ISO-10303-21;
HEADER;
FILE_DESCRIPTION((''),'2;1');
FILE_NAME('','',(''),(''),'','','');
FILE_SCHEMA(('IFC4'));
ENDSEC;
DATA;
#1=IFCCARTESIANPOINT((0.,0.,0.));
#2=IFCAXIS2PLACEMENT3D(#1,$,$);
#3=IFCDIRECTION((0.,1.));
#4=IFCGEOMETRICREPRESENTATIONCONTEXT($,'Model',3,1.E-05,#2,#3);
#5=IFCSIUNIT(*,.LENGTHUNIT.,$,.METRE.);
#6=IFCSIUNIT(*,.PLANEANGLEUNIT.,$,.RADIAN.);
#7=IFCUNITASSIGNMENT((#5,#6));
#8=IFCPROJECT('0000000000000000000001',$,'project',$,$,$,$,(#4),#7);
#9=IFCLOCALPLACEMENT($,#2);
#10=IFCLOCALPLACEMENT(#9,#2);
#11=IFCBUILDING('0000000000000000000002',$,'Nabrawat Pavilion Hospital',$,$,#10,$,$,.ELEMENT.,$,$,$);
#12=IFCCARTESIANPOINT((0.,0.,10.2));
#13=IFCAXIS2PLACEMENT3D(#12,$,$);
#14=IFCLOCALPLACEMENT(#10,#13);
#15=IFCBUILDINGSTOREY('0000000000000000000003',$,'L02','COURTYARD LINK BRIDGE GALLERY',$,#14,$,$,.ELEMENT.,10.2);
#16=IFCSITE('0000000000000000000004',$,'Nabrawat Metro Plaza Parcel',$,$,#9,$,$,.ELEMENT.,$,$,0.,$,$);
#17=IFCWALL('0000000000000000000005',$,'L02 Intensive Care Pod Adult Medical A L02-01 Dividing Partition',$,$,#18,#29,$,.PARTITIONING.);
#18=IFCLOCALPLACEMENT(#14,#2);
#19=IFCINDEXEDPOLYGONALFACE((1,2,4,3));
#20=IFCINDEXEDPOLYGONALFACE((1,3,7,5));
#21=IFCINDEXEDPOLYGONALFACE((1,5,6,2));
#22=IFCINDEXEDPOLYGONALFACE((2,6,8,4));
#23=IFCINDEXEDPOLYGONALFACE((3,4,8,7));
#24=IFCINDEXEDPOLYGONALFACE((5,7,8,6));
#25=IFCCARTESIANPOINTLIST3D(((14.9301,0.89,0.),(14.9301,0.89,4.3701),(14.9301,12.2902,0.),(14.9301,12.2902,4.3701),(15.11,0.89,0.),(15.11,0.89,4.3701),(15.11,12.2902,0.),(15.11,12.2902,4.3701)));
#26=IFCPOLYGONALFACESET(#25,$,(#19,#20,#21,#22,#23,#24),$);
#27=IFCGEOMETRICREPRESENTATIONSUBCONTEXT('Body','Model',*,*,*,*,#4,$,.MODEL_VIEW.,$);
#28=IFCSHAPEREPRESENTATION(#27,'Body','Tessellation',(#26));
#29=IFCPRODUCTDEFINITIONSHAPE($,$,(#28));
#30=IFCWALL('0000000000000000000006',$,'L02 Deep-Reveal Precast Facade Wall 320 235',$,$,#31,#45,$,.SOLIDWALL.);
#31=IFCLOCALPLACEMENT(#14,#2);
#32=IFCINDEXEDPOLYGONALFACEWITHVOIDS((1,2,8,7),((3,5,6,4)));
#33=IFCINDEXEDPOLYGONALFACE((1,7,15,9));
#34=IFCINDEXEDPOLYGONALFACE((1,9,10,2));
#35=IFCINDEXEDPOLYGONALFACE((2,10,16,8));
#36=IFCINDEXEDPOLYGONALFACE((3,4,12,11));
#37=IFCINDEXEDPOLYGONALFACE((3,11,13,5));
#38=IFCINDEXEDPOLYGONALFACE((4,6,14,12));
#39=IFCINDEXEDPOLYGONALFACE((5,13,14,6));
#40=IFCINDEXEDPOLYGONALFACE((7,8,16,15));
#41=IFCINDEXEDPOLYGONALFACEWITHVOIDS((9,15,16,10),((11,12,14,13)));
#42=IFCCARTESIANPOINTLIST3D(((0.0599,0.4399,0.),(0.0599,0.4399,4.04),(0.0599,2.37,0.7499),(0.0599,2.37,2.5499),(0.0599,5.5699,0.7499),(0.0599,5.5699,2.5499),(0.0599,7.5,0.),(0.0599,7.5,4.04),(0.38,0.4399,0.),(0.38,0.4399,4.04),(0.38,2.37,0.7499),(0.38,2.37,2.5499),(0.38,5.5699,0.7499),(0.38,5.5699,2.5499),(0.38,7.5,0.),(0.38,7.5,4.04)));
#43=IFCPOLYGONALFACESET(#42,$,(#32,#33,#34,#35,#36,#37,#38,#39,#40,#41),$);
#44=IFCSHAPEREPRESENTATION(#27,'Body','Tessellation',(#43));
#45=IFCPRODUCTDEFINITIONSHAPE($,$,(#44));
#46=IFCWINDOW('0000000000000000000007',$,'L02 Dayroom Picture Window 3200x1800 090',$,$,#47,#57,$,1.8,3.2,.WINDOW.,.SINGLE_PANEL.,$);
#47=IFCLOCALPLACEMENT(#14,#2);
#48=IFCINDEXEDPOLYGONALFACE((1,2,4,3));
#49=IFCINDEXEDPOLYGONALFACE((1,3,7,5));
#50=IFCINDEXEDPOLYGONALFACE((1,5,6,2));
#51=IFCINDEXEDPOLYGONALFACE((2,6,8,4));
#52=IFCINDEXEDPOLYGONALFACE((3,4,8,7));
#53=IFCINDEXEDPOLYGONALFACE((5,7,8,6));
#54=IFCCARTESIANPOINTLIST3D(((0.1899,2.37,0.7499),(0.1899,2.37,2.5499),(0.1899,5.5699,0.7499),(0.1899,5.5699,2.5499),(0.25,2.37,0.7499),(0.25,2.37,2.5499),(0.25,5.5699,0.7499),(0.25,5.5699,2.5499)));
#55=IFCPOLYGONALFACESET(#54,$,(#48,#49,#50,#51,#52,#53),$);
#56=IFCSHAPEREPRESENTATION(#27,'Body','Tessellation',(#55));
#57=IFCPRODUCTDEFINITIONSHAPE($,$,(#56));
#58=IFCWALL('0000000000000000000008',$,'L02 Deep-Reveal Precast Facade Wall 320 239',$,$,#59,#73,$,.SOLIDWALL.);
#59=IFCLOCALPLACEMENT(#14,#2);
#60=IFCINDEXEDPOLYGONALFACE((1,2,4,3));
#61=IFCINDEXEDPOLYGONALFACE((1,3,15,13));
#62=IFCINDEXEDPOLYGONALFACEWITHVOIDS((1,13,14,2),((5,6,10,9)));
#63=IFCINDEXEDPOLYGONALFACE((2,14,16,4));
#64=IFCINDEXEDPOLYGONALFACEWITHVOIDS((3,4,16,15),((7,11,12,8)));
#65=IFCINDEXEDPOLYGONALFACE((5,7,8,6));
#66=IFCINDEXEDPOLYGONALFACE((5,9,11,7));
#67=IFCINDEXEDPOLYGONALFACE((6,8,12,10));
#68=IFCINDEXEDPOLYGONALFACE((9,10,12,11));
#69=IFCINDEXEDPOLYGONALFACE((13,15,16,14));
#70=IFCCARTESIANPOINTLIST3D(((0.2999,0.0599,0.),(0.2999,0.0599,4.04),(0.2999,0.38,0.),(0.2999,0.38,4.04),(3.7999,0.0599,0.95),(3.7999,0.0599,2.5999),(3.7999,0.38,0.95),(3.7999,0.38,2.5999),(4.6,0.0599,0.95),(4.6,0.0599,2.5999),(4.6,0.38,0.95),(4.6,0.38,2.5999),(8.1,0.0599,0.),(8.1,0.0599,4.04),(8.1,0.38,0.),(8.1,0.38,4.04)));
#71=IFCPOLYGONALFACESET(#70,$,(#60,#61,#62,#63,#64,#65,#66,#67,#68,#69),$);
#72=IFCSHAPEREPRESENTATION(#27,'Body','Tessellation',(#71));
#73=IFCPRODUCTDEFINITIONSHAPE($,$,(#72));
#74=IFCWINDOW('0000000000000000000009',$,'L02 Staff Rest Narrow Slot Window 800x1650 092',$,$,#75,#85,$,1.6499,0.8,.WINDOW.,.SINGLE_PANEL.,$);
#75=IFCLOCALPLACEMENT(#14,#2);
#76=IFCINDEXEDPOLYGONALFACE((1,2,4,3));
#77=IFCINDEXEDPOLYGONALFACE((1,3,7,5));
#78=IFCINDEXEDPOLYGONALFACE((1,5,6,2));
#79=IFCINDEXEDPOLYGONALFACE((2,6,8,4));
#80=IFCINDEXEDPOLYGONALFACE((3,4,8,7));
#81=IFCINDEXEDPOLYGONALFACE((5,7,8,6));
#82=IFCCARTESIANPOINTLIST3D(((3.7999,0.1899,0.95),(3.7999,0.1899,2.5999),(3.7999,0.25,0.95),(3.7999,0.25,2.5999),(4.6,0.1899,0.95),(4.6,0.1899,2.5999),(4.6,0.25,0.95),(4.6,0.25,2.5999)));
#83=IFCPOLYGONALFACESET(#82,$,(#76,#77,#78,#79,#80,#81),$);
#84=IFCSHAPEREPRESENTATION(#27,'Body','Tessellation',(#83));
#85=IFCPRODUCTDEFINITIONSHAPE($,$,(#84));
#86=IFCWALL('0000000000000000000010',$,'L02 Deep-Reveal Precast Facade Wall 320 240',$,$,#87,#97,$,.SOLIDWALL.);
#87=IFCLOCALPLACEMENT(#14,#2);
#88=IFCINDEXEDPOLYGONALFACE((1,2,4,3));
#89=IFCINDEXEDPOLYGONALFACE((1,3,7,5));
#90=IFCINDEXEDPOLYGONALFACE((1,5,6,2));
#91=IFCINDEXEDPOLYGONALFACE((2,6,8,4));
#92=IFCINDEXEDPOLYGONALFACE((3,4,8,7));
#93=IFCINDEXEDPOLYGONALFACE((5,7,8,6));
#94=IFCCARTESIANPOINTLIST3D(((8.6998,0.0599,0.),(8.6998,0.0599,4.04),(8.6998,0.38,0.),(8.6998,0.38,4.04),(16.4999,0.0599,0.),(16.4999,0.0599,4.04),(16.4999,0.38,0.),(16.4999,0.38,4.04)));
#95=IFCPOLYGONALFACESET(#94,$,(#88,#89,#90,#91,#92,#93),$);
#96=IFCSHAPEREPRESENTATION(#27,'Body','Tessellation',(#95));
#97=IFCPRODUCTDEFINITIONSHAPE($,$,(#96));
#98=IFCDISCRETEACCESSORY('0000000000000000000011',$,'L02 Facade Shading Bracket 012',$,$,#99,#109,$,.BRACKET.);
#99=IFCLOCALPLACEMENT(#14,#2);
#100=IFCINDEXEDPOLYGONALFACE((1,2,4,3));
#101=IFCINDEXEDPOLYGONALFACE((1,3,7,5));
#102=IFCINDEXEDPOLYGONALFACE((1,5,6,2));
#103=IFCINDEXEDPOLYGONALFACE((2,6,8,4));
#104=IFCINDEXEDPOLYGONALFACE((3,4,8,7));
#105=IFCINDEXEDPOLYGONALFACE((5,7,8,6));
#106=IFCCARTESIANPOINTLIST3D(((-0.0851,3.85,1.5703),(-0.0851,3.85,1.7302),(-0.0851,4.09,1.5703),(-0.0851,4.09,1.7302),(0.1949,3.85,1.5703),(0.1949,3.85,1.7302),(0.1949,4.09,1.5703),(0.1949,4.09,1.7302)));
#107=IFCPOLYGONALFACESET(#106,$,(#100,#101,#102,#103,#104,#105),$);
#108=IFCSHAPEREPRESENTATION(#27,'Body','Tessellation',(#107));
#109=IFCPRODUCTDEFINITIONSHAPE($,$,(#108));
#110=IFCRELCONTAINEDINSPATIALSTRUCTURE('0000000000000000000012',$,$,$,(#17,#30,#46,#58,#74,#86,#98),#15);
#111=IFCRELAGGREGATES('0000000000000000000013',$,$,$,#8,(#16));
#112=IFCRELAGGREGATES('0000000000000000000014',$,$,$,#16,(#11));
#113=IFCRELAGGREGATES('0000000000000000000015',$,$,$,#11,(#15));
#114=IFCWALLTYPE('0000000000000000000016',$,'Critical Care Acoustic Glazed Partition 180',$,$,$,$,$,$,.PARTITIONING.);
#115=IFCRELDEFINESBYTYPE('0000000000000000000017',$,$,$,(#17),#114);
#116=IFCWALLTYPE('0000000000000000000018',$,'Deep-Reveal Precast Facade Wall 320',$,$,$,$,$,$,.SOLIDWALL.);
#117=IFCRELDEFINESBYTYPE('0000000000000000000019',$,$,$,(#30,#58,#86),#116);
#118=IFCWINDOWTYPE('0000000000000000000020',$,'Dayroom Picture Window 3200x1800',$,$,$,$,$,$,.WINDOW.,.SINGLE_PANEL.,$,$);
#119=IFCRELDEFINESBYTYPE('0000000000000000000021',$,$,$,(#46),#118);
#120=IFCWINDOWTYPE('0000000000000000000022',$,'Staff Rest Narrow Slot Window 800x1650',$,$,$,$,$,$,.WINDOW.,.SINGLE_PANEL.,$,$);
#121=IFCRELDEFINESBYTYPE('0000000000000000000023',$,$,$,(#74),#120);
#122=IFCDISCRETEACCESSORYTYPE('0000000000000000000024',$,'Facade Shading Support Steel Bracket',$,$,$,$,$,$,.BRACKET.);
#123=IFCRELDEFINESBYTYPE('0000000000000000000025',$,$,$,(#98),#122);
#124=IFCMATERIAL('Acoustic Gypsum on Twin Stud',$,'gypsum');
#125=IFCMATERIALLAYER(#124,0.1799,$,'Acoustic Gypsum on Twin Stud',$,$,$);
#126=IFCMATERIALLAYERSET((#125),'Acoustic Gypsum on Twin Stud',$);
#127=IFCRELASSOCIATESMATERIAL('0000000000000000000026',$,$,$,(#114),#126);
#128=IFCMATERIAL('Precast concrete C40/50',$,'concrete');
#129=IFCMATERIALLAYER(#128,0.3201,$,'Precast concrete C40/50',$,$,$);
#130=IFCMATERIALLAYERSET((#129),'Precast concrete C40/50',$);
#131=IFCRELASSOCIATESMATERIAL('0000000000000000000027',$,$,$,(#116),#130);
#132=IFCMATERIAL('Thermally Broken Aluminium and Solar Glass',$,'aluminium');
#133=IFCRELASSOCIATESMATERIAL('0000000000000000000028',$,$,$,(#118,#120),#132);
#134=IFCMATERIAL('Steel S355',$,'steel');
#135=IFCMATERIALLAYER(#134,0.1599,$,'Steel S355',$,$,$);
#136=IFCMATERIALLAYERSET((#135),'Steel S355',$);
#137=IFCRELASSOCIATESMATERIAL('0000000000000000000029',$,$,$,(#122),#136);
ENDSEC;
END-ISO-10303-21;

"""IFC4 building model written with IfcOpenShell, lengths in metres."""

from ifc_helpers import new_model, si_unit, direction, frame, frame_2d, origin, origin_2d, place, context, subcontext, project, spatial, rectangle, extrude, material, layer, layer_set, type_object, element, fill, save


model = new_model("IFC4")

# Units and contexts
model_context = context("Model", 3, precision=1e-05, world=origin(), true_north=direction((0.0, 1.0)))
body_context = subcontext(model_context, "Body", "Model", "MODEL_VIEW")
ifc_project = project(units=[si_unit("LENGTHUNIT", "METRE"), si_unit("PLANEANGLEUNIT", "RADIAN")], contexts=[model_context])

# Site, building, storey
site_placement = place(None, origin())
site = spatial("IfcSite", under=ifc_project, at=site_placement, Name="Nabrawat Metro Plaza Parcel", CompositionType="ELEMENT", RefElevation=0.0)
building_placement = place(site_placement, origin())
building = spatial("IfcBuilding", under=site, at=building_placement, Name="Nabrawat Pavilion Hospital", CompositionType="ELEMENT")
storey_placement = place(building_placement, frame((0.0, 0.0, 10.2)))
storey = spatial("IfcBuildingStorey", under=building, at=storey_placement, Name="L02", Description="COURTYARD LINK BRIDGE GALLERY", CompositionType="ELEMENT", Elevation=10.2)

# Shared definitions
ifc_material_1 = material(Name="Steel S355", Category="steel")

# Wall
ifc_material_2 = material(Name="Acoustic Gypsum on Twin Stud", Category="gypsum")
ifc_layer_1 = layer(ifc_material_2, 0.1799, Name="Acoustic Gypsum on Twin Stud")
ifc_layer_set_1 = layer_set([ifc_layer_1], Name="Acoustic Gypsum on Twin Stud")
wall_type_1 = type_object("IfcWallType", Name="Critical Care Acoustic Glazed Partition 180", PredefinedType="PARTITIONING", material=ifc_layer_set_1)
wall_1_placement = place(storey_placement, frame((15.02, 0.8899, 0.0), z_axis=(0.0, 0.0, 1.0), x_axis=(0.0, 1.0, 0.0)))
element("IfcWall", 1, at=wall_1_placement, inside=storey, type_object=wall_type_1, Name="L02 Intensive Care Pod Adult Medical A L02-01 Dividing Partition", PredefinedType="PARTITIONING", context=body_context, shape_type="SweptSolid", body=[
    extrude(rectangle(XDim=11.4001, YDim=0.1799, at=frame_2d((5.7002, 0.0))), origin(), (0.0, 0.0, 1.0), 4.3701),
])

# Walls, openings, windows
ifc_material_3 = material(Name="Precast concrete C40/50", Category="concrete")
ifc_layer_2 = layer(ifc_material_3, 0.3201, Name="Precast concrete C40/50")
ifc_layer_set_2 = layer_set([ifc_layer_2], Name="Precast concrete C40/50")
wall_type_2 = type_object("IfcWallType", Name="Deep-Reveal Precast Facade Wall 320", PredefinedType="SOLIDWALL", material=ifc_layer_set_2)
wall_2_placement = place(storey_placement, frame((0.22, 0.4399, 0.0), z_axis=(0.0, 0.0, 1.0), x_axis=(0.0, 1.0, 0.0)))
wall_2 = element("IfcWall", 2, at=wall_2_placement, inside=storey, type_object=wall_type_2, Name="L02 Deep-Reveal Precast Facade Wall 320 235", PredefinedType="SOLIDWALL", context=body_context, shape_type="SweptSolid", body=[
    extrude(rectangle(XDim=7.0601, YDim=0.3201, at=frame_2d((3.53, 0.0))), origin(), (0.0, 0.0, 1.0), 4.04),
])
opening_1_placement = place(wall_2_placement, frame((1.9299, 0.0, 0.75)))
opening_1 = element("IfcOpeningElement", 3, at=opening_1_placement, cuts=wall_2, PredefinedType="OPENING", context=body_context, shape_type="SweptSolid", body=[
    extrude(rectangle(XDim=3.2, YDim=1.8, at=frame_2d((1.6001, 0.8999))), frame((0.0, 0.1699, 0.0), z_axis=(0.0, -1.0, 0.0), x_axis=(1.0, 0.0, 0.0)), (0.0, 0.0, 1.0), 0.3401),
])
ifc_material_4 = material(Name="Thermally Broken Aluminium and Solar Glass", Category="aluminium")
window_type_1 = type_object("IfcWindowType", Name="Dayroom Picture Window 3200x1800", PartitioningType="SINGLE_PANEL", PredefinedType="WINDOW", material=ifc_material_4)
window_1_placement = place(opening_1_placement, origin())
window_1 = element("IfcWindow", 4, at=window_1_placement, inside=storey, type_object=window_type_1, Name="L02 Dayroom Picture Window 3200x1800 090", OverallHeight=1.8, OverallWidth=3.2, PartitioningType="SINGLE_PANEL", PredefinedType="WINDOW", context=body_context, shape_type="SweptSolid", body=[
    extrude(rectangle(XDim=3.2, YDim=1.8, at=frame_2d((1.6001, 0.8999))), frame((0.0, 0.03, 0.0), z_axis=(0.0, -1.0, 0.0), x_axis=(1.0, 0.0, 0.0)), (0.0, 0.0, 1.0), 0.0601),
])
fill(opening_1, window_1)
wall_3_placement = place(storey_placement, frame((0.3, 0.22, 0.0), z_axis=(0.0, 0.0, 1.0), x_axis=(1.0, 0.0, 0.0)))
wall_3 = element("IfcWall", 5, at=wall_3_placement, inside=storey, type_object=wall_type_2, Name="L02 Deep-Reveal Precast Facade Wall 320 239", PredefinedType="SOLIDWALL", context=body_context, shape_type="SweptSolid", body=[
    extrude(rectangle(XDim=7.8, YDim=0.3201, at=frame_2d((3.8999, 0.0))), origin(), (0.0, 0.0, 1.0), 4.04),
])
opening_2_placement = place(wall_3_placement, frame((3.5, 0.0, 0.95)))
opening_2 = element("IfcOpeningElement", 6, at=opening_2_placement, cuts=wall_3, PredefinedType="OPENING", context=body_context, shape_type="SweptSolid", body=[
    extrude(rectangle(XDim=0.8, YDim=1.6499, at=frame_2d((0.3999, 0.825))), frame((0.0, 0.1699, 0.0), z_axis=(0.0, -1.0, 0.0), x_axis=(1.0, 0.0, 0.0)), (0.0, 0.0, 1.0), 0.3401),
])
window_type_2 = type_object("IfcWindowType", Name="Staff Rest Narrow Slot Window 800x1650", PartitioningType="SINGLE_PANEL", PredefinedType="WINDOW", material=ifc_material_4)
window_2_placement = place(opening_2_placement, origin())
window_2 = element("IfcWindow", 7, at=window_2_placement, inside=storey, type_object=window_type_2, Name="L02 Staff Rest Narrow Slot Window 800x1650 092", OverallHeight=1.6499, OverallWidth=0.8, PartitioningType="SINGLE_PANEL", PredefinedType="WINDOW", context=body_context, shape_type="SweptSolid", body=[
    extrude(rectangle(XDim=0.8, YDim=1.6499, at=frame_2d((0.3999, 0.825))), frame((0.0, 0.03, 0.0), z_axis=(0.0, -1.0, 0.0), x_axis=(1.0, 0.0, 0.0)), (0.0, 0.0, 1.0), 0.0601),
])
fill(opening_2, window_2)

# Wall
wall_4_placement = place(storey_placement, frame((8.7, 0.22, 0.0), z_axis=(0.0, 0.0, 1.0), x_axis=(1.0, 0.0, 0.0)))
element("IfcWall", 8, at=wall_4_placement, inside=storey, type_object=wall_type_2, Name="L02 Deep-Reveal Precast Facade Wall 320 240", PredefinedType="SOLIDWALL", context=body_context, shape_type="SweptSolid", body=[
    extrude(rectangle(XDim=7.8, YDim=0.3201, at=frame_2d((3.8999, 0.0))), origin(), (0.0, 0.0, 1.0), 4.04),
])

# Discrete accessory
ifc_layer_3 = layer(ifc_material_1, 0.1599, Name="Steel S355")
ifc_layer_set_3 = layer_set([ifc_layer_3], Name="Steel S355")
discrete_accessory_type = type_object("IfcDiscreteAccessoryType", Name="Facade Shading Support Steel Bracket", PredefinedType="BRACKET", material=ifc_layer_set_3)
discrete_accessory_placement = place(storey_placement, frame((0.0549, 3.97, 1.5703), z_axis=(0.0, 0.0, 1.0), x_axis=(0.0, 1.0, 0.0)))
element("IfcDiscreteAccessory", 9, at=discrete_accessory_placement, inside=storey, type_object=discrete_accessory_type, Name="L02 Facade Shading Bracket 012", PredefinedType="BRACKET", context=body_context, shape_type="SweptSolid", body=[
    extrude(rectangle(XDim=0.24, YDim=0.28, at=origin_2d()), origin(), (0.0, 0.0, 1.0), 0.1599),
])

save(model, "model.ifc")
